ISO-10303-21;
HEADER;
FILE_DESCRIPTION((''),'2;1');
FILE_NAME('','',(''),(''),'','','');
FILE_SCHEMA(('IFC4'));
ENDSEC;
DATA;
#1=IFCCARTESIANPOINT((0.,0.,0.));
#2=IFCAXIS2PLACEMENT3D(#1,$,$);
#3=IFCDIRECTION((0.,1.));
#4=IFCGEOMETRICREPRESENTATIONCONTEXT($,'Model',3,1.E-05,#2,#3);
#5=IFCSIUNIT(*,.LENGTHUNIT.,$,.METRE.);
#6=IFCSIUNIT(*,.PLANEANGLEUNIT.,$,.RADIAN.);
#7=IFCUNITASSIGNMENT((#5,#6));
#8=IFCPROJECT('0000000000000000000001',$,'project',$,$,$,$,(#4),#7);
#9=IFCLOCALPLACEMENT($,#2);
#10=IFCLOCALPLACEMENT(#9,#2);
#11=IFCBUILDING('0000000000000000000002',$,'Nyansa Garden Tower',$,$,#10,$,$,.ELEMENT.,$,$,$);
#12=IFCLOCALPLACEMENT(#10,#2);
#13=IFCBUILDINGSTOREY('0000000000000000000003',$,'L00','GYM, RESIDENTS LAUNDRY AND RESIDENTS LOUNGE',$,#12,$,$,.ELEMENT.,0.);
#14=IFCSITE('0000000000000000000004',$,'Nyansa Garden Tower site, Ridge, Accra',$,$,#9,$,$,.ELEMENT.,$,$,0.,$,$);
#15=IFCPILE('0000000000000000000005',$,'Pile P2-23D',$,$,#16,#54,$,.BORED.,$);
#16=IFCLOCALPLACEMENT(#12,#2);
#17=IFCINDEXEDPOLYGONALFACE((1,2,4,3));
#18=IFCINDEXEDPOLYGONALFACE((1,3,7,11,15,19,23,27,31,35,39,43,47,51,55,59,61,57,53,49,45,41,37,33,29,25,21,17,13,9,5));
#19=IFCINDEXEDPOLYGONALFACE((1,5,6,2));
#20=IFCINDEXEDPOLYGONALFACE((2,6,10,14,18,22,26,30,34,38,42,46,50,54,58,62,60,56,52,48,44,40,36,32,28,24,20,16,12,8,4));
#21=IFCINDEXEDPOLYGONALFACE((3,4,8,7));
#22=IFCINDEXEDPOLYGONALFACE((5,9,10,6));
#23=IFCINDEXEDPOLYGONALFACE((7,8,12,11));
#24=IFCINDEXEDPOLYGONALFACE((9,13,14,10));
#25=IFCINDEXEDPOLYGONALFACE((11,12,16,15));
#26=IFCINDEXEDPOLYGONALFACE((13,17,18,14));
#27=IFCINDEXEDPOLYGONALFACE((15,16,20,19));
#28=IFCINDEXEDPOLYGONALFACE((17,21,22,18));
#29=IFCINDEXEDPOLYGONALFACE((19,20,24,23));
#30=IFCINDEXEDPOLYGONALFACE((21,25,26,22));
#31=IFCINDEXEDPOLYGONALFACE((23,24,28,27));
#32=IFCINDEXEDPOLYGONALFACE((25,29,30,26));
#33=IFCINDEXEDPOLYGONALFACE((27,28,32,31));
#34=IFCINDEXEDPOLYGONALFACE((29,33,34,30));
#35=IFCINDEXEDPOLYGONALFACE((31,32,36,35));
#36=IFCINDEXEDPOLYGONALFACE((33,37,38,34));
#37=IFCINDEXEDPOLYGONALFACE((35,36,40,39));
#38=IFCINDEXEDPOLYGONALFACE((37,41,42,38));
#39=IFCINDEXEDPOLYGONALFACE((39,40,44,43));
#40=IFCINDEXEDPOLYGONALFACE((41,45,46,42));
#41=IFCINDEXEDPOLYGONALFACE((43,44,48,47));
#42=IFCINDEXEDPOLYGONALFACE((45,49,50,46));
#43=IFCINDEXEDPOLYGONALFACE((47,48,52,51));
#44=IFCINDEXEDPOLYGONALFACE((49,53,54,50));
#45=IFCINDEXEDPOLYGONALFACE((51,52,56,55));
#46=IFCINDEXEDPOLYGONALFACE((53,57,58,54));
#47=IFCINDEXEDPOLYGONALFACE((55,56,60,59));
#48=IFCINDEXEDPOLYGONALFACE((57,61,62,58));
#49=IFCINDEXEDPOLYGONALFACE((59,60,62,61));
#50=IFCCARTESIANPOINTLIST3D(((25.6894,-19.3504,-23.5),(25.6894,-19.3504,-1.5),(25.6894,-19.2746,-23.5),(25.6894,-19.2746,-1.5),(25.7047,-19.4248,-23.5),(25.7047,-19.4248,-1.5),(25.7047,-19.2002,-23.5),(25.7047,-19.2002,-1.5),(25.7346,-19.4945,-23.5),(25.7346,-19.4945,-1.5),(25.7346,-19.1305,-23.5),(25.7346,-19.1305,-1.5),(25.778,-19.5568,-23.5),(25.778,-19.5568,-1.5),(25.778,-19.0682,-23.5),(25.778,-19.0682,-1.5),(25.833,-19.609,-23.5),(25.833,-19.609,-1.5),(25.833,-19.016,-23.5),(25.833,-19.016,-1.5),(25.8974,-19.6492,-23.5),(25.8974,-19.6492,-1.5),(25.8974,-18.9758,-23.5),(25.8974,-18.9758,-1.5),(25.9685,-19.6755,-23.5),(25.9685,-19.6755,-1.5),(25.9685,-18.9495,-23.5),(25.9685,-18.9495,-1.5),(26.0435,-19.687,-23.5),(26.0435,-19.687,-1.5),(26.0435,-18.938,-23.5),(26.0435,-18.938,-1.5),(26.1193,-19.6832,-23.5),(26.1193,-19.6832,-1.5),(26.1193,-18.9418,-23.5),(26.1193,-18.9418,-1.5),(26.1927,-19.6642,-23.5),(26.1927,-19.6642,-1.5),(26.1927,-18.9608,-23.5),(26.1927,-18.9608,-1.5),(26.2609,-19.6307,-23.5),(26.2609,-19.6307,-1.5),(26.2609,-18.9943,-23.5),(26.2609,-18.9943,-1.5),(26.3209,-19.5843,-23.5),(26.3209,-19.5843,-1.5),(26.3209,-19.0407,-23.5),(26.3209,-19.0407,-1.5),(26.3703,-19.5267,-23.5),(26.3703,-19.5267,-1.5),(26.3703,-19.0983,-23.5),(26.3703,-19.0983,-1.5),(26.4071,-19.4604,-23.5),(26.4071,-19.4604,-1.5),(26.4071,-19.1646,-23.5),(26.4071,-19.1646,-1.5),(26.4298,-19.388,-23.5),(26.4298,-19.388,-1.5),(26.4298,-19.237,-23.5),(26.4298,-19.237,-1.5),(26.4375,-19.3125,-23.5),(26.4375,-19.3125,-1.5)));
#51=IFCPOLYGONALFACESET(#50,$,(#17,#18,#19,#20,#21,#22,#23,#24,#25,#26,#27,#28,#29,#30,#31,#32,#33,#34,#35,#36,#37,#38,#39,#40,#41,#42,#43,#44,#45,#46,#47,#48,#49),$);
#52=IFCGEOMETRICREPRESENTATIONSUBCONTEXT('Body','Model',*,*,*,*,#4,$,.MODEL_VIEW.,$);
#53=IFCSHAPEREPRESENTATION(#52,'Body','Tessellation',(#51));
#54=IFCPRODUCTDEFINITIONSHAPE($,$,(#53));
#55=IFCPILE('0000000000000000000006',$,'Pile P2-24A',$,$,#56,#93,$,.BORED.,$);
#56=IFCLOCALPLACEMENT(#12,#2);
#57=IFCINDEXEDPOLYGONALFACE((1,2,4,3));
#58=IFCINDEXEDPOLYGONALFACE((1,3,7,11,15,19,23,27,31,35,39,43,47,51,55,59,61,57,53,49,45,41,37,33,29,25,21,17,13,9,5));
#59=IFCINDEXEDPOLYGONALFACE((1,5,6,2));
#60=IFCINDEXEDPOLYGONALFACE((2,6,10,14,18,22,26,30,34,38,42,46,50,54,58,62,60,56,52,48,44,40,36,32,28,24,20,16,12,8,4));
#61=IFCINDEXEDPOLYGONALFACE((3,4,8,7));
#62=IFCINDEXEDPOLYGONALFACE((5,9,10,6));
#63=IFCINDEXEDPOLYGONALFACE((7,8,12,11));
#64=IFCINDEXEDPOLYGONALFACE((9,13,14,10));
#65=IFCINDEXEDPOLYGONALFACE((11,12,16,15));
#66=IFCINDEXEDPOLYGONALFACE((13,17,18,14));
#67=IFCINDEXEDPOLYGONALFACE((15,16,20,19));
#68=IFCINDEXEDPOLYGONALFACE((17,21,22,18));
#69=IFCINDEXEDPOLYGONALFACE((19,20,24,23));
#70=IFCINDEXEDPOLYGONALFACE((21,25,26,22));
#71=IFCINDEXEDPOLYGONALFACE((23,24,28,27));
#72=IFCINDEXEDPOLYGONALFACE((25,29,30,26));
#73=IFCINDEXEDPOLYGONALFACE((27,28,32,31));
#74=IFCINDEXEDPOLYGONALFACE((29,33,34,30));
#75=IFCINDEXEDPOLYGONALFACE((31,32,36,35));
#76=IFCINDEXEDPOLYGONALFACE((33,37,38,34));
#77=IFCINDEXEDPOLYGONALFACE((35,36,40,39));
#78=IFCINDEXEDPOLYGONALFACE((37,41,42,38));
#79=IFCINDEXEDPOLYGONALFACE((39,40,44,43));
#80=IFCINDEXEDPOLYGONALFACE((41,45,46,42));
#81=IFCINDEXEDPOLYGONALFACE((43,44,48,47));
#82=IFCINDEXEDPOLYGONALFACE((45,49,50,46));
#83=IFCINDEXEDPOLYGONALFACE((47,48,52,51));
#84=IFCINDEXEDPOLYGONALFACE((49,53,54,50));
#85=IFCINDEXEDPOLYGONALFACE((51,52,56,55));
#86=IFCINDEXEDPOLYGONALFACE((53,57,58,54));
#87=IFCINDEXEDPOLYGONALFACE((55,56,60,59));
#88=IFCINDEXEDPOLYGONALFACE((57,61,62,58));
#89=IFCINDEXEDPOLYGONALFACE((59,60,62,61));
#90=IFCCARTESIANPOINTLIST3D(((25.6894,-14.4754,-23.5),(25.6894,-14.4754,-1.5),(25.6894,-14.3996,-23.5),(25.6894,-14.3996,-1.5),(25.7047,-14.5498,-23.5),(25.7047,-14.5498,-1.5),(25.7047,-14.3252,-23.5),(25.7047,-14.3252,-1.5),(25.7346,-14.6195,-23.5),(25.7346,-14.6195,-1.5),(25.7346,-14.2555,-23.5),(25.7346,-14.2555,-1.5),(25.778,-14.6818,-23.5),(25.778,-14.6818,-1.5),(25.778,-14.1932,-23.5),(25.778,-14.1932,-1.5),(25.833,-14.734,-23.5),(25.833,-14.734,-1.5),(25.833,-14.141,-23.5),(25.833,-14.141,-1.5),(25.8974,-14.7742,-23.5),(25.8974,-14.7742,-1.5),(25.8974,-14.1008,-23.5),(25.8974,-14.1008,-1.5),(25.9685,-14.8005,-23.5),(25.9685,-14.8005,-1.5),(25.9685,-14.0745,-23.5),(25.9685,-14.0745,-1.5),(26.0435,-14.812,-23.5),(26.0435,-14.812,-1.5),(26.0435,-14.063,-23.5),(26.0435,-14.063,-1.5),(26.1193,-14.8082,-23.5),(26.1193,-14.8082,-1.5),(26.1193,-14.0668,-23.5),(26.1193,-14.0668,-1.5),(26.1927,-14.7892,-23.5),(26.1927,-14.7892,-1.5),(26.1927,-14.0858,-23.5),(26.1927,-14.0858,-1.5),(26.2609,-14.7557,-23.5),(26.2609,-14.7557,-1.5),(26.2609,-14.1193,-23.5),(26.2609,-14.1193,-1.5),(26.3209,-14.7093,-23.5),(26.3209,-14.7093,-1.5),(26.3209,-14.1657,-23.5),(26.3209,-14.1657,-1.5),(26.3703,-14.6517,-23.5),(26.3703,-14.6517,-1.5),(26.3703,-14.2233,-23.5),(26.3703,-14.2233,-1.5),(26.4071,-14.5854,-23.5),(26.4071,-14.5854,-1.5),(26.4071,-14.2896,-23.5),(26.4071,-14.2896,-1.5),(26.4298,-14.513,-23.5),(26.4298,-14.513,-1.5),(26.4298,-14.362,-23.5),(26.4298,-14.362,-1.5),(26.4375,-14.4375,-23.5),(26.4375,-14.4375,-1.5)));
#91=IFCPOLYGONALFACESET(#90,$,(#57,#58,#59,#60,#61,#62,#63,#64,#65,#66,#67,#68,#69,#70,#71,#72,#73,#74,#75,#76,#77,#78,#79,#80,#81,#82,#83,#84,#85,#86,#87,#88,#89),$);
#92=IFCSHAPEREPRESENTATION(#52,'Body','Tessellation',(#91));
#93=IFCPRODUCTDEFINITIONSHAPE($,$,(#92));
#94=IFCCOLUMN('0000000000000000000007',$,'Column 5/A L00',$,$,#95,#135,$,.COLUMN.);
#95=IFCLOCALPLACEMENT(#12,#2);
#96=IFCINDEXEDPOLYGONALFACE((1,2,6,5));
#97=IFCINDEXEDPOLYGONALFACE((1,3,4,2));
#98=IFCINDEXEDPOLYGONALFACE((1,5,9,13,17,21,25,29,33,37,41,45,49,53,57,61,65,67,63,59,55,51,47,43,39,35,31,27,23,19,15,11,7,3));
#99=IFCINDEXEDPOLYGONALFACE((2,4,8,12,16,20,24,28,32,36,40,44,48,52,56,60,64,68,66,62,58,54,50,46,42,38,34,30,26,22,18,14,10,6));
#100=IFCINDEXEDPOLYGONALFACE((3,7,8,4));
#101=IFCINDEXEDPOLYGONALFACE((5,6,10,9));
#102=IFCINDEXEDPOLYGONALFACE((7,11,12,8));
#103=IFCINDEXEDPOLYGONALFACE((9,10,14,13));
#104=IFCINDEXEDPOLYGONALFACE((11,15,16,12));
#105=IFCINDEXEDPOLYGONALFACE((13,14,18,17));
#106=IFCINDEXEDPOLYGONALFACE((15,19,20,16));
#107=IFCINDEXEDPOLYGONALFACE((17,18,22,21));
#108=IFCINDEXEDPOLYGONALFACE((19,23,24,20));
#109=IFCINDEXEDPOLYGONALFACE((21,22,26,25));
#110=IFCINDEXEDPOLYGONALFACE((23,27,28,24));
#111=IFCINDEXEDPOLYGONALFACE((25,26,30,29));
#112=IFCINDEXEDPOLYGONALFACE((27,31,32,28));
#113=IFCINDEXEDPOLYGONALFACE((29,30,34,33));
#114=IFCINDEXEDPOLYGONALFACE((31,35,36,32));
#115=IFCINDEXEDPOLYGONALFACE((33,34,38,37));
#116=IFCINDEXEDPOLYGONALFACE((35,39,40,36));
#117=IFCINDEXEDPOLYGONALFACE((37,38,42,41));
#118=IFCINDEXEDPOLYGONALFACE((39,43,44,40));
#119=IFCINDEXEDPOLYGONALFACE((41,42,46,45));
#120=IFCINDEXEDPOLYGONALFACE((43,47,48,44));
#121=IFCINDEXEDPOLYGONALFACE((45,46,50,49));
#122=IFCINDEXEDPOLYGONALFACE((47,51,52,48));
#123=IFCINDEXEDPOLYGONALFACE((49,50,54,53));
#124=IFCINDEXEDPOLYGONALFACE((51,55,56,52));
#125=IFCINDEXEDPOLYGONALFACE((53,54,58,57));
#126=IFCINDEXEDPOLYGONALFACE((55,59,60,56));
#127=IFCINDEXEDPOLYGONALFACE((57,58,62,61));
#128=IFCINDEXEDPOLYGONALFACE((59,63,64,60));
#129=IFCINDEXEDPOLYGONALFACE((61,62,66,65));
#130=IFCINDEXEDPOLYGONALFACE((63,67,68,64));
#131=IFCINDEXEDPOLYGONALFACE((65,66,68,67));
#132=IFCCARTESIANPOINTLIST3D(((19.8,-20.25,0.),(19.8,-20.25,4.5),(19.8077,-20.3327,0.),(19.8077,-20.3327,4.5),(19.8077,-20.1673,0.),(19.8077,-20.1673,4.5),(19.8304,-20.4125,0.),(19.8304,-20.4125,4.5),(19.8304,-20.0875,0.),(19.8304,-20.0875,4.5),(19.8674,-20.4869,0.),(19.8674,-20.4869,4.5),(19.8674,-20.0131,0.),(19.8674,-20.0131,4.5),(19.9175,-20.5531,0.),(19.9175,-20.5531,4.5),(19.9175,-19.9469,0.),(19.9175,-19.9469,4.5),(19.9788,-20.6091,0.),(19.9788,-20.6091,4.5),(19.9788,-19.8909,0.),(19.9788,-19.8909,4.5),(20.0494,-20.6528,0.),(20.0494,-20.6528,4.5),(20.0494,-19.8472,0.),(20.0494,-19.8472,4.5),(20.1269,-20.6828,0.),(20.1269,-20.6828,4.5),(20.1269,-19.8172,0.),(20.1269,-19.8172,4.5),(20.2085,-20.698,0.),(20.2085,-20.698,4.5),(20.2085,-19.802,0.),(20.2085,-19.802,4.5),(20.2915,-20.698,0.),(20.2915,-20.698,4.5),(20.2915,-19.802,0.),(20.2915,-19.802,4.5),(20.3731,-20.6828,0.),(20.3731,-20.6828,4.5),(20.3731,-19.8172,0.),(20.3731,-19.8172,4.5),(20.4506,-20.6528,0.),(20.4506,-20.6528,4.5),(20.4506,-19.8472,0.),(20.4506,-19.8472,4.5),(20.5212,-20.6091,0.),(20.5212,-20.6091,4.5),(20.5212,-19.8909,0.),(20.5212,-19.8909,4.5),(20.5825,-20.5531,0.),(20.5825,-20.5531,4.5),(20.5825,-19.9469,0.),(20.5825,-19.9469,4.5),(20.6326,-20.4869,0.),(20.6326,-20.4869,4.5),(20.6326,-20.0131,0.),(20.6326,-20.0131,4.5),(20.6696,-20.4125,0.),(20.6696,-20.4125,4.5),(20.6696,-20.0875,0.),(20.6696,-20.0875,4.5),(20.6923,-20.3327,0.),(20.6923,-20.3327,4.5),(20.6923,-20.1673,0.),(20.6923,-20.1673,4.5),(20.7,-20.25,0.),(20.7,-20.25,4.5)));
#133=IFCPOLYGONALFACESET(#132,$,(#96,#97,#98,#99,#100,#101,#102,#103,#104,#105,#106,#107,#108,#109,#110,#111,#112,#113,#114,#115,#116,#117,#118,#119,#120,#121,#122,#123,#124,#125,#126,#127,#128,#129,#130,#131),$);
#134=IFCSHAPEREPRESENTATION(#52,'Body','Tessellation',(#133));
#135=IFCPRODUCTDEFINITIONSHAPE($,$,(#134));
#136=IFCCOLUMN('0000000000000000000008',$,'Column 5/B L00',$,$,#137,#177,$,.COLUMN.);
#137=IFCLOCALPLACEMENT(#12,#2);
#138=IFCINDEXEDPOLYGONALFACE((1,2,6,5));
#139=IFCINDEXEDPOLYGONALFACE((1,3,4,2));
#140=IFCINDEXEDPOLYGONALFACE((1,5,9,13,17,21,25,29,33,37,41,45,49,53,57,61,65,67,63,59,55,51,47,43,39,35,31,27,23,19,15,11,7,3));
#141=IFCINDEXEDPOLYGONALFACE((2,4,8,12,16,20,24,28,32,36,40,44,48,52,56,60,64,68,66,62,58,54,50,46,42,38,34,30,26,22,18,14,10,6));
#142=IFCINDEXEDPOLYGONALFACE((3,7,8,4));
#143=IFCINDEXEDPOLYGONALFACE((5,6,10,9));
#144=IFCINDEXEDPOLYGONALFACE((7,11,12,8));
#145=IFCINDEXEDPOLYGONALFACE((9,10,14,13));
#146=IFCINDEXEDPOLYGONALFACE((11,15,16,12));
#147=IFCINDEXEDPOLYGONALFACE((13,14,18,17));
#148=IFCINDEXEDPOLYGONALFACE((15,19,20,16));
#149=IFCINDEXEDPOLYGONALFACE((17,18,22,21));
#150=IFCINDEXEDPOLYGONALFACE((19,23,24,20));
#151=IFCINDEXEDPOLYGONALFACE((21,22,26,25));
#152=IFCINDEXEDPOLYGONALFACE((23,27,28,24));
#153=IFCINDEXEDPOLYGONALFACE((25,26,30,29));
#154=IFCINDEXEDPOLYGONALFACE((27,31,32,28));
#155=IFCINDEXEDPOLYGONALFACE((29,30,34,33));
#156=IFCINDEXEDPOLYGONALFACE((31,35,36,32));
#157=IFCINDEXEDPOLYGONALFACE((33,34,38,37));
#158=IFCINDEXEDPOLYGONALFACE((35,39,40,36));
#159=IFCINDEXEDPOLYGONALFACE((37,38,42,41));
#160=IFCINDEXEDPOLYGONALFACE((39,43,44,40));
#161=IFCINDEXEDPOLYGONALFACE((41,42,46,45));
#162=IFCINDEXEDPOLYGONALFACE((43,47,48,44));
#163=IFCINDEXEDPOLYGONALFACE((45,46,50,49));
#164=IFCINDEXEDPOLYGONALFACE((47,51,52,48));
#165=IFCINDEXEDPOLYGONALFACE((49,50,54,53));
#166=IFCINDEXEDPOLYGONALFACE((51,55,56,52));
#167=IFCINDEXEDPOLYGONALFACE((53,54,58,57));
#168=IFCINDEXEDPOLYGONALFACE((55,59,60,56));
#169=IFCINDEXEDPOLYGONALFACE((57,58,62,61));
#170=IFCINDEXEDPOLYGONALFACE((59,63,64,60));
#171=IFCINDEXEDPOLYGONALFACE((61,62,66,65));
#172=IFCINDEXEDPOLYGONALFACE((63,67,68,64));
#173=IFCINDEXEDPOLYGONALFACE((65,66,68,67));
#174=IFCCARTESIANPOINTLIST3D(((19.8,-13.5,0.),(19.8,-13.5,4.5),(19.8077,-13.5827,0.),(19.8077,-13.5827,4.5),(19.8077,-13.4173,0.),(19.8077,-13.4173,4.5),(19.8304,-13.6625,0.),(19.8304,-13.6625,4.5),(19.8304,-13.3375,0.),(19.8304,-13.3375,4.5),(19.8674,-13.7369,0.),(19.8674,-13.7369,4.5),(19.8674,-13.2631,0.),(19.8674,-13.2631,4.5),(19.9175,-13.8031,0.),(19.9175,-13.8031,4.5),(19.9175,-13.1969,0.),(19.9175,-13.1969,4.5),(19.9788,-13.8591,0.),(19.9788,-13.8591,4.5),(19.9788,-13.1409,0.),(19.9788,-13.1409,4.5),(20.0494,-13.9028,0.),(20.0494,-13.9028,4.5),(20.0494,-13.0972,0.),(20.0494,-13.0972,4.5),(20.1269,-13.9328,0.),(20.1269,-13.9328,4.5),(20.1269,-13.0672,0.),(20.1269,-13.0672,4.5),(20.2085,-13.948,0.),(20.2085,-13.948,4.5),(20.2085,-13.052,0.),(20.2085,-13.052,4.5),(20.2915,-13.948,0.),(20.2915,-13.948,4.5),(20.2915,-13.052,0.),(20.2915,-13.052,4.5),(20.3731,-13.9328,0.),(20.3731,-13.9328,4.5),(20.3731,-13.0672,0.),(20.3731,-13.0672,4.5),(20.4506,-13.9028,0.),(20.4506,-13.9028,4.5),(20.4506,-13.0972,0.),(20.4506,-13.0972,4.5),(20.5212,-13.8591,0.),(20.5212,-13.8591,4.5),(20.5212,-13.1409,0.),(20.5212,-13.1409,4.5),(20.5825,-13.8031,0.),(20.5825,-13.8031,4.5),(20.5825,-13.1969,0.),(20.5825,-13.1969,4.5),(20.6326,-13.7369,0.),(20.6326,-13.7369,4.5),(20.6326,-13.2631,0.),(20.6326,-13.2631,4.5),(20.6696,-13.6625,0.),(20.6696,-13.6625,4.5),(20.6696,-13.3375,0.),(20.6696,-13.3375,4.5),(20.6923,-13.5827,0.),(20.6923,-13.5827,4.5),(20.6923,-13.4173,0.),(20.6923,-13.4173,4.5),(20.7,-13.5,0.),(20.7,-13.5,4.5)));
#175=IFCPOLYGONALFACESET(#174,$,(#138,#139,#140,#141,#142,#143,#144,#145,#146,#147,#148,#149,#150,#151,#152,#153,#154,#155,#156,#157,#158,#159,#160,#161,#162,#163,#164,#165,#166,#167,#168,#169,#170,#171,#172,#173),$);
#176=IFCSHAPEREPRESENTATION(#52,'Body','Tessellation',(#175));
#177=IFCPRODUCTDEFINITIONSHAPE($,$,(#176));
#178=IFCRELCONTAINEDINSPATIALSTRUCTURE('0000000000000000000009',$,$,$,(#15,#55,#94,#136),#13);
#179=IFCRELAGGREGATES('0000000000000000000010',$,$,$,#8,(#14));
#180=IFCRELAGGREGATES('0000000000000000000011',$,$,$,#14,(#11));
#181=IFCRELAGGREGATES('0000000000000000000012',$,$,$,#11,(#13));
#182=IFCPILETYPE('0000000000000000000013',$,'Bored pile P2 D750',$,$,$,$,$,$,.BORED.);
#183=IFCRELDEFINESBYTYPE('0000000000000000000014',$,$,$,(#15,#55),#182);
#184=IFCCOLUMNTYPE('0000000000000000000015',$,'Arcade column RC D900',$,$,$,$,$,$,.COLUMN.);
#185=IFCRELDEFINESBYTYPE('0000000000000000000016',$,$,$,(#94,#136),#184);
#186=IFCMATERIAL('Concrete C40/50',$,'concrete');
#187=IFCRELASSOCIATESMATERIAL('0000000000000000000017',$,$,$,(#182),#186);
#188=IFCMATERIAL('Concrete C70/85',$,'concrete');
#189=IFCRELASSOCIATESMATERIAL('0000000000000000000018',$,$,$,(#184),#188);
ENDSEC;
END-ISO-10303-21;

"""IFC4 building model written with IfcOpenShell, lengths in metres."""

from ifc_helpers import new_model, si_unit, direction, frame, origin, origin_2d, place, context, subcontext, project, spatial, circle, extrude, material, material_profile, profile_set, type_object, element, save


model = new_model("IFC4")

# Units and contexts
model_context = context("Model", 3, precision=1e-05, world=origin(), true_north=direction((0.0, 1.0)))
body_context = subcontext(model_context, "Body", "Model", "MODEL_VIEW")
ifc_project = project(units=[si_unit("LENGTHUNIT", "METRE"), si_unit("PLANEANGLEUNIT", "RADIAN")], contexts=[model_context])

# Site, building, storey
site_placement = place(None, origin())
site = spatial("IfcSite", under=ifc_project, at=site_placement, Name="Nyansa Garden Tower site, Ridge, Accra", CompositionType="ELEMENT", RefElevation=0.0)
building_placement = place(site_placement, origin())
building = spatial("IfcBuilding", under=site, at=building_placement, Name="Nyansa Garden Tower", CompositionType="ELEMENT")
storey_placement = place(building_placement, origin())
storey = spatial("IfcBuildingStorey", under=building, at=storey_placement, Name="L00", Description="GYM, RESIDENTS LAUNDRY AND RESIDENTS LOUNGE", CompositionType="ELEMENT", Elevation=0.0)

# Piles
ifc_material_1 = material(Name="Concrete C40/50", Category="concrete")
pile_type = type_object("IfcPileType", Name="Bored pile P2 D750", PredefinedType="BORED", material=ifc_material_1)
for number, where, z_axis, x_axis, name in (
    (1, (26.0625, -19.3125, -1.5), (0.0, 0.0, -1.0), (1.0, 0.0, 0.0), "Pile P2-23D"),
    (2, (26.0625, -14.4375, -1.5), (0.0, 0.0, -1.0), (1.0, 0.0, 0.0), "Pile P2-24A"),
):
    element("IfcPile", number, at=place(storey_placement, frame(where, z_axis=z_axis, x_axis=x_axis)), inside=storey, type_object=pile_type, Name=name, PredefinedType="BORED", context=body_context, shape_type="SweptSolid", body=[
        extrude(circle(Radius=0.375, at=origin_2d()), origin(), (0.0, 0.0, 1.0), 22.0),
    ])

# Columns
ifc_material_2 = material(Name="Concrete C70/85", Category="concrete")
ifc_material_profile_1 = material_profile(ifc_material_2, circle(Radius=0.45, at=origin_2d()), Name="RC D900")
ifc_profile_set_1 = profile_set([ifc_material_profile_1], Name="Concrete C70/85")
column_type = type_object("IfcColumnType", Name="Arcade column RC D900", PredefinedType="COLUMN", material=ifc_profile_set_1)
for number, where, z_axis, x_axis, name in (
    (3, (20.25, -20.25, 0.0), (0.0, 0.0, 1.0), (1.0, 0.0, 0.0), "Column 5/A L00"),
    (4, (20.25, -13.5, 0.0), (0.0, 0.0, 1.0), (1.0, 0.0, 0.0), "Column 5/B L00"),
):
    element("IfcColumn", number, at=place(storey_placement, frame(where, z_axis=z_axis, x_axis=x_axis)), inside=storey, type_object=column_type, Name=name, PredefinedType="COLUMN", context=body_context, shape_type="SweptSolid", body=[
        extrude(circle(Radius=0.45, at=origin_2d()), origin(), (0.0, 0.0, 1.0), 4.5),
    ])

save(model, "model.ifc")
